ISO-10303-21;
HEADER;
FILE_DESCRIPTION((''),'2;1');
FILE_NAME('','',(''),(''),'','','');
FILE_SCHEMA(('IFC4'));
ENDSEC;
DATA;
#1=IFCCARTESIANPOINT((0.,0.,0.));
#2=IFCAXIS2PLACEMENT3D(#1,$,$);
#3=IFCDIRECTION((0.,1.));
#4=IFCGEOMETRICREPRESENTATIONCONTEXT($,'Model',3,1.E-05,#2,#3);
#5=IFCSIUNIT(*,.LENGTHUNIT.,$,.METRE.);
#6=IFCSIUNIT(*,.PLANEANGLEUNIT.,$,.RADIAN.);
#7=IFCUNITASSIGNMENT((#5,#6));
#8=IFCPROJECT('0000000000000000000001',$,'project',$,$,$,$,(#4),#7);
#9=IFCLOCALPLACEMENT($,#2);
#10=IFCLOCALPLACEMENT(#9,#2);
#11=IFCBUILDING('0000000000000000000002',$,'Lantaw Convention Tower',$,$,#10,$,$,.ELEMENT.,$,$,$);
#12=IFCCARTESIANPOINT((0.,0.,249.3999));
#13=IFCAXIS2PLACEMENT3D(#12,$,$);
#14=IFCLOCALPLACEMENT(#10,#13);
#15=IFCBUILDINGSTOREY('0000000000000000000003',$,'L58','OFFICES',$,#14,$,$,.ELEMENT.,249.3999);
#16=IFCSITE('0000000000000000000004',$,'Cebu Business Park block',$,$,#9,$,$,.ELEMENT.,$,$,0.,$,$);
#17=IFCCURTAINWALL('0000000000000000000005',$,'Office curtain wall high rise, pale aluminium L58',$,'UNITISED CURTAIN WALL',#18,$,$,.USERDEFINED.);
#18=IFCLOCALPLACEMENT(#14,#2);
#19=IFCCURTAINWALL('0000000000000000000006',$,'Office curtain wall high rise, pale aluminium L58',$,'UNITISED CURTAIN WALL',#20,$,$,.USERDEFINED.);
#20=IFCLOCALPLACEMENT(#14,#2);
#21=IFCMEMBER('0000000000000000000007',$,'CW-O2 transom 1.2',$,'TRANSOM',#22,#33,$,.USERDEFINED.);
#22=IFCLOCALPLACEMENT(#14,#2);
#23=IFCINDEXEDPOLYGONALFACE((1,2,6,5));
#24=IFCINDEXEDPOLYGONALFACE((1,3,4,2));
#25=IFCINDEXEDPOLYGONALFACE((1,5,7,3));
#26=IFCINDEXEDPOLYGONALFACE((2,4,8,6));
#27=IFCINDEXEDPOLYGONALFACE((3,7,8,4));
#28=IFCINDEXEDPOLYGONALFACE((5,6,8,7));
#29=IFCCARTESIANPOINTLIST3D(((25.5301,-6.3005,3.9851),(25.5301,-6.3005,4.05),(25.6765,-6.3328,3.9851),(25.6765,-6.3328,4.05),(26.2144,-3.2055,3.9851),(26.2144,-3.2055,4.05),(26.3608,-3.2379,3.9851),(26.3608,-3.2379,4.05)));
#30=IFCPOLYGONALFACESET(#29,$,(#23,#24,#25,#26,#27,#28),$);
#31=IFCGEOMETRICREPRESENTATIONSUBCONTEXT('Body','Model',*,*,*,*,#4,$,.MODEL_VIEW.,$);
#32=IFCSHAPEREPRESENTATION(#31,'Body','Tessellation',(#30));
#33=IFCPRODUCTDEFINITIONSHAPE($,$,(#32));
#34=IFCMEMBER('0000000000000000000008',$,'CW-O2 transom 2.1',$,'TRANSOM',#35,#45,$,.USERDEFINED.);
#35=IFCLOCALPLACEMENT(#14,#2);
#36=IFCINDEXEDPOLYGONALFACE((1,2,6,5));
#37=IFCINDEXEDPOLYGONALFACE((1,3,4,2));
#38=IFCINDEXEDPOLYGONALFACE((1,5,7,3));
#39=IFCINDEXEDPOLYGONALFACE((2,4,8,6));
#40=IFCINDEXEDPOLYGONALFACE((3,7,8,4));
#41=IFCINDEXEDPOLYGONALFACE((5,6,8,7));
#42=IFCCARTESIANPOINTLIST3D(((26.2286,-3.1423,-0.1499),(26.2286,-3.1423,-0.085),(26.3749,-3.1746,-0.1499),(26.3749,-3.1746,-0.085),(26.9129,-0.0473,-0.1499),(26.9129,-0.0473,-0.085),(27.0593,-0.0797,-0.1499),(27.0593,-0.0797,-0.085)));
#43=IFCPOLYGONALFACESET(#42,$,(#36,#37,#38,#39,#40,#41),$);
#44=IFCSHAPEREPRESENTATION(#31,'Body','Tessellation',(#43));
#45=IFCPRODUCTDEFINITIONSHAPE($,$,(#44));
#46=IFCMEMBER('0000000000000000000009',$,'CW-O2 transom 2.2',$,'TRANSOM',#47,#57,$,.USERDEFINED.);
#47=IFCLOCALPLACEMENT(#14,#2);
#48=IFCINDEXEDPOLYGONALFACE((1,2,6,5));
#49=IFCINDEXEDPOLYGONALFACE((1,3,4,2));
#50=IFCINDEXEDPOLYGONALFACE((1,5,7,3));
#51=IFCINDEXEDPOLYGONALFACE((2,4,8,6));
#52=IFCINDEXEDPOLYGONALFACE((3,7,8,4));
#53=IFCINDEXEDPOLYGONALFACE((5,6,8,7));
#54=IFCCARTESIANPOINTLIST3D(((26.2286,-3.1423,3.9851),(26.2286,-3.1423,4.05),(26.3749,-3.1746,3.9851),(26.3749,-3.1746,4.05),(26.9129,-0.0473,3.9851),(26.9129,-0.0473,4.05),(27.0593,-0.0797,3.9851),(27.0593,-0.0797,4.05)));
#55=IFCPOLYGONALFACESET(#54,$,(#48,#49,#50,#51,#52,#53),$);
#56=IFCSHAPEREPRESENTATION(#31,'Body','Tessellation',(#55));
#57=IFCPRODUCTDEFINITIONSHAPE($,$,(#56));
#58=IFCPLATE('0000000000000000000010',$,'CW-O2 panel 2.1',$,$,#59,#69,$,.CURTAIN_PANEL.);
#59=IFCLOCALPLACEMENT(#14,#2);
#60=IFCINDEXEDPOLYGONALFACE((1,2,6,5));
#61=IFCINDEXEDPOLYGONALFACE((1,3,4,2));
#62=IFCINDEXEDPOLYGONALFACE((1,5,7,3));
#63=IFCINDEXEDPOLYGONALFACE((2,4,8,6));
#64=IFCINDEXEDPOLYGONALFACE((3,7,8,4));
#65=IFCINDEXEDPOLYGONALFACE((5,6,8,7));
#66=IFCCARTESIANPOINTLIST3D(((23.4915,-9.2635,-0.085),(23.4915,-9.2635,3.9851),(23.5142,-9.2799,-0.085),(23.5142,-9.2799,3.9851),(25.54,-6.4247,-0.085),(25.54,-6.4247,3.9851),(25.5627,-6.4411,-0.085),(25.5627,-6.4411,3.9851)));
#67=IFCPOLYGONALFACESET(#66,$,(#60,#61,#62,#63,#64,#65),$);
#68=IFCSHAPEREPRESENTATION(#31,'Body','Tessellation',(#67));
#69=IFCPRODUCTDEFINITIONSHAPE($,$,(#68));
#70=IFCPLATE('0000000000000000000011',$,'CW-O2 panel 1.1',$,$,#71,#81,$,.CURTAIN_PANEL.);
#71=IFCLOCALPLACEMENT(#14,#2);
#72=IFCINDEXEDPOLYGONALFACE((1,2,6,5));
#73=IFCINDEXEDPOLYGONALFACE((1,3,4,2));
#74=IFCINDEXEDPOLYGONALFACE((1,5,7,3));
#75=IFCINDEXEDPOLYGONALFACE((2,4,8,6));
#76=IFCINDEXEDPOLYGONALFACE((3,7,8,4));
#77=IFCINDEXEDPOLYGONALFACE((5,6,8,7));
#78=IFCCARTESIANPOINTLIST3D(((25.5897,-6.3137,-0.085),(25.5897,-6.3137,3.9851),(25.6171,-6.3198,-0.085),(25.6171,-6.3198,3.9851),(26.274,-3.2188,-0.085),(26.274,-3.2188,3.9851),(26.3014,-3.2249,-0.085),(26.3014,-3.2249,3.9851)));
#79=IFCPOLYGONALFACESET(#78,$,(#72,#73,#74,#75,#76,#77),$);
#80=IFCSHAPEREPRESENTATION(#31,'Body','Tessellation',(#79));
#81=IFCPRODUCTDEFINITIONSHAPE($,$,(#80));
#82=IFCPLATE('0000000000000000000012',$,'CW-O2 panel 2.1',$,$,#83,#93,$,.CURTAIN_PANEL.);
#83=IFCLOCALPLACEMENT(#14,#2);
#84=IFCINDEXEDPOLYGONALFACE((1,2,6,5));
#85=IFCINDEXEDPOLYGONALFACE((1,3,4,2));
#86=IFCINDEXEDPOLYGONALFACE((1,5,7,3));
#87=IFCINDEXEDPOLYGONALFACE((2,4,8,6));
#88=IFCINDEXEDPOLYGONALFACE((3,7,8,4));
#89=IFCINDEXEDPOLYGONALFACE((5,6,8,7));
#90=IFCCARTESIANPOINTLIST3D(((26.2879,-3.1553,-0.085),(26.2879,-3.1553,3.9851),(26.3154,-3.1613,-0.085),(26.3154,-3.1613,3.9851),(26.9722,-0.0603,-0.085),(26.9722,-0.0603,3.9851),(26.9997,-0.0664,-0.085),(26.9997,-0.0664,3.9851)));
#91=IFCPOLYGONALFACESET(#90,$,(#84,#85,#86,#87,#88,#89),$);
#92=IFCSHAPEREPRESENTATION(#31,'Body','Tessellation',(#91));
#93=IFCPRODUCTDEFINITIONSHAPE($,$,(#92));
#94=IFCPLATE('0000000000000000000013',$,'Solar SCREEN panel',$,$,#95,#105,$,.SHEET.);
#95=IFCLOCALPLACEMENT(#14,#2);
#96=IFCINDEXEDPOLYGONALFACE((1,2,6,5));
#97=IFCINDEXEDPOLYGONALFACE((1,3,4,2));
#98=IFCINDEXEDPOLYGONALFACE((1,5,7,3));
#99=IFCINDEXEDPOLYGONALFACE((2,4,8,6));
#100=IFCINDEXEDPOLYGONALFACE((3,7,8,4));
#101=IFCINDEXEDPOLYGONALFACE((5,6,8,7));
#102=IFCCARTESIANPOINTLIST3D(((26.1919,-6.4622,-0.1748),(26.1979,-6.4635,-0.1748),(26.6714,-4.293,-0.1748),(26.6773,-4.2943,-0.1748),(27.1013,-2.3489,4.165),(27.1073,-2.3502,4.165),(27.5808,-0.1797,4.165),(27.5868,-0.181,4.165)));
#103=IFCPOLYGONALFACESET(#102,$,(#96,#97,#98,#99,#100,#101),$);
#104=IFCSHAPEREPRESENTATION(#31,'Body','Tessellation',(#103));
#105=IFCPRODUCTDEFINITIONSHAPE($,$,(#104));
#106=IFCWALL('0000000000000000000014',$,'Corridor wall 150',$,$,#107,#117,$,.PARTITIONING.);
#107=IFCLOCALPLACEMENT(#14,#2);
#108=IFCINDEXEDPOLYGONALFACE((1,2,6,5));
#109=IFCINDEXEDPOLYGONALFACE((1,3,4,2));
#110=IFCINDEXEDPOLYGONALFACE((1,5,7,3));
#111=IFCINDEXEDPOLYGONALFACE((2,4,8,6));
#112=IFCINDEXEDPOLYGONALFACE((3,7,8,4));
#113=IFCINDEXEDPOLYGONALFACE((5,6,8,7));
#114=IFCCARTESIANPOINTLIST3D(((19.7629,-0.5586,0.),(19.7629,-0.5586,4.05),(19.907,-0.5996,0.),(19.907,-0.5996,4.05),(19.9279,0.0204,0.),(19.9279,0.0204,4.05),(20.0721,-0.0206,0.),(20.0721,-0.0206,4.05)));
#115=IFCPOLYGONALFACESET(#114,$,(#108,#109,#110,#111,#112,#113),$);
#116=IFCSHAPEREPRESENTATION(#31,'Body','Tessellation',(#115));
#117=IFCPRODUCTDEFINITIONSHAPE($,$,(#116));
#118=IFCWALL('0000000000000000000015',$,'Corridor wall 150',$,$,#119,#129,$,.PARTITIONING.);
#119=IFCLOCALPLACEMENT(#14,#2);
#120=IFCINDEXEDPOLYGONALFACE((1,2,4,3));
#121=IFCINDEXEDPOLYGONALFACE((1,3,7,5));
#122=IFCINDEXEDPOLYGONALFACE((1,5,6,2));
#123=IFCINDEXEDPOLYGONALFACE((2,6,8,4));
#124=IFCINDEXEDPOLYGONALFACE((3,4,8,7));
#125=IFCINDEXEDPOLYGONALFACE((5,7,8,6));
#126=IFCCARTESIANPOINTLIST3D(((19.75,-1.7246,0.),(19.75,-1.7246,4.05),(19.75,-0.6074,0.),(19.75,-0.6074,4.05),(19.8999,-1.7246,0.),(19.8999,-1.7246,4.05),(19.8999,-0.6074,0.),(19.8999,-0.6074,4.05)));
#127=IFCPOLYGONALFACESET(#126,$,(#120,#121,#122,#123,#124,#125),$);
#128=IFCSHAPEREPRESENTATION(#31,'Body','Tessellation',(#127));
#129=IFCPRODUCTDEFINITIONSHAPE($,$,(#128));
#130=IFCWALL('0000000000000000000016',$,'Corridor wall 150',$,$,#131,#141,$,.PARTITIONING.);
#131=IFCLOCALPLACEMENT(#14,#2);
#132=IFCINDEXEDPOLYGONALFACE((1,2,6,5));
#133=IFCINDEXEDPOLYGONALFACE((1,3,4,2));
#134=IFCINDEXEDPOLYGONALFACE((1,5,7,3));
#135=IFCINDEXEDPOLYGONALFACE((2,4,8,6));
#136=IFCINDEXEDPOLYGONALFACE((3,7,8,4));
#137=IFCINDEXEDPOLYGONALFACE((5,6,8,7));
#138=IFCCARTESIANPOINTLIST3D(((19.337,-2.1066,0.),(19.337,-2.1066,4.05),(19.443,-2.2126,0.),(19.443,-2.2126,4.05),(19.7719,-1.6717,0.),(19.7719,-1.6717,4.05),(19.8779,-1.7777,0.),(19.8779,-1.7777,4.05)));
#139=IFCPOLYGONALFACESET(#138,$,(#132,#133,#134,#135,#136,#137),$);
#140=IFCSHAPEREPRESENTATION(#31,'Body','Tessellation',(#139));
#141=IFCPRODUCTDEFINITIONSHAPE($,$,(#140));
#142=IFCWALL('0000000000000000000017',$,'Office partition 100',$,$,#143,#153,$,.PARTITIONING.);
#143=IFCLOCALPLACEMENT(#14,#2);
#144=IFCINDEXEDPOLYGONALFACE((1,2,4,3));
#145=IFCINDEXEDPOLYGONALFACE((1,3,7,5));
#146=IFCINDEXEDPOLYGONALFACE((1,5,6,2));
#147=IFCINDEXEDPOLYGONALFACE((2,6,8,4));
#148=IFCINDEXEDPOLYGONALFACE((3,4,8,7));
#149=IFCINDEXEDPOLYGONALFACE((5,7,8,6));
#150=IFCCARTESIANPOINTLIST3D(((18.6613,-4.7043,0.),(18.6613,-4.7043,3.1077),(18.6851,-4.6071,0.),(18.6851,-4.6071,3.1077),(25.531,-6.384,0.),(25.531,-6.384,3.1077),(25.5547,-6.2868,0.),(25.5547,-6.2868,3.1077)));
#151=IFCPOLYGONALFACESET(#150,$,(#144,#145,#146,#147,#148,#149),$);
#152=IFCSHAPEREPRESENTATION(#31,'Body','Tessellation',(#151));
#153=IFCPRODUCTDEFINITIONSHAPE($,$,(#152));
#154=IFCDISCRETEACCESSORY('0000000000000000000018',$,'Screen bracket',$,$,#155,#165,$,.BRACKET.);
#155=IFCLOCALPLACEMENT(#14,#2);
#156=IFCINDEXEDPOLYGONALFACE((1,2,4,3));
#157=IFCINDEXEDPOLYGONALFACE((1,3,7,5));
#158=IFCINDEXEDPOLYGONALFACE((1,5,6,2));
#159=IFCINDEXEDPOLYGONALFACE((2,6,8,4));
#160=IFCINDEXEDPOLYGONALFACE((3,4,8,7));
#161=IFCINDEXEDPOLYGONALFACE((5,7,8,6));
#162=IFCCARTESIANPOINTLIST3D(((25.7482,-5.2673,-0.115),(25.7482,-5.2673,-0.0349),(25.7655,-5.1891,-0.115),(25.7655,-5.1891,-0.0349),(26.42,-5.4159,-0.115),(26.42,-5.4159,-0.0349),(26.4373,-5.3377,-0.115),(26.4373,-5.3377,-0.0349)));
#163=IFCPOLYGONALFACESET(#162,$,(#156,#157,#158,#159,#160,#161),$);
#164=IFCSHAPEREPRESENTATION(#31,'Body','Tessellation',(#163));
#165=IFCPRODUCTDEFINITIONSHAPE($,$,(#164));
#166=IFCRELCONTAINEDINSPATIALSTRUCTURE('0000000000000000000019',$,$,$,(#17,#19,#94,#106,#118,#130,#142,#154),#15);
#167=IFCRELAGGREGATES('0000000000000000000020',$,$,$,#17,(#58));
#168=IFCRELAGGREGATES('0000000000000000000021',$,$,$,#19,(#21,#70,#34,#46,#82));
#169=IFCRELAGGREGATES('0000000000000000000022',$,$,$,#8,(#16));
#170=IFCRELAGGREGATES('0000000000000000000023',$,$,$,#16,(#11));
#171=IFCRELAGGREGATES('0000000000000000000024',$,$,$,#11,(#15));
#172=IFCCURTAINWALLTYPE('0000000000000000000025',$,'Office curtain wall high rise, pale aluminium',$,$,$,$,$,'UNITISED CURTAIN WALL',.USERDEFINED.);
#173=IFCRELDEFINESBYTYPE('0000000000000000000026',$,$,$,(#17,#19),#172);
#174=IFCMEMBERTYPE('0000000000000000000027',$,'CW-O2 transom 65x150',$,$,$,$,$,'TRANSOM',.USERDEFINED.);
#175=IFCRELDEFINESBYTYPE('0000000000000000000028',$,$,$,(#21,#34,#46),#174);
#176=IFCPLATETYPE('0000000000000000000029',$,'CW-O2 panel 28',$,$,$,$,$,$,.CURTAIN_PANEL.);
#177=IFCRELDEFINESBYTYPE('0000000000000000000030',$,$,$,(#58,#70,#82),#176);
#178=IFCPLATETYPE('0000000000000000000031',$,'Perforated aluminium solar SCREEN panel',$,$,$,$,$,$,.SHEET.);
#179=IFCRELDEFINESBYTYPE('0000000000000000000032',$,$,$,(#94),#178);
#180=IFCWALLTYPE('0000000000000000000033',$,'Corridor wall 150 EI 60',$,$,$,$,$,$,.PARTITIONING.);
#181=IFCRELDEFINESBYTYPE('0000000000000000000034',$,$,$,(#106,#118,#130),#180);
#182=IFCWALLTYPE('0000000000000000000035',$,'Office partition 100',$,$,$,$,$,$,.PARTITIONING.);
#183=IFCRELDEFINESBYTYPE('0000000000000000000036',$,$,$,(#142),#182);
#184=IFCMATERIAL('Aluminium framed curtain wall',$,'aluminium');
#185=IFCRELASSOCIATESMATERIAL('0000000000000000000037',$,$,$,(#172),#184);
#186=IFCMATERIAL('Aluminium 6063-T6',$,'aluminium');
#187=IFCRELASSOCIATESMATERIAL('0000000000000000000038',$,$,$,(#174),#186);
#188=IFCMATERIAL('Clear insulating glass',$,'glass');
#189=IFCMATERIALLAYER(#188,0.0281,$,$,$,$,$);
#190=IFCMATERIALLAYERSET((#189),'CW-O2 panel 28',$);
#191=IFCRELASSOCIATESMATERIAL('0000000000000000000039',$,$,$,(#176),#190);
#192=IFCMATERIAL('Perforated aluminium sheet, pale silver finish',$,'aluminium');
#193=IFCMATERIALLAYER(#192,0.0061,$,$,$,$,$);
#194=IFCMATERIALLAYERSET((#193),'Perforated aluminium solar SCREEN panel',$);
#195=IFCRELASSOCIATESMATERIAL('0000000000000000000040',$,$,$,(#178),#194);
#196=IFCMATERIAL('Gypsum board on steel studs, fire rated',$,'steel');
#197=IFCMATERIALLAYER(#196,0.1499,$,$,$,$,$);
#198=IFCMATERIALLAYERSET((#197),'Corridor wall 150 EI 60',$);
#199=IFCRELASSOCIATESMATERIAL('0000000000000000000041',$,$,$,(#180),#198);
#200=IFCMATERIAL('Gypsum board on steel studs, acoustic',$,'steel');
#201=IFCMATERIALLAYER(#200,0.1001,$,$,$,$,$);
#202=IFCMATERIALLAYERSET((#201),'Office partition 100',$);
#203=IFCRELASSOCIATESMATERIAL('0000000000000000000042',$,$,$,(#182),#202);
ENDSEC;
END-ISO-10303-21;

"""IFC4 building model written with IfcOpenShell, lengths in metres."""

from ifc_helpers import new_model, si_unit, direction, frame, frame_2d, origin, origin_2d, place, context, subcontext, project, spatial, polyline, rectangle, outline, extrude, material, layer, layer_set, material_profile, profile_set, type_object, element, aggregate, save


model = new_model("IFC4")

# Units and contexts
model_context = context("Model", 3, precision=1e-05, world=origin(), true_north=direction((0.0, 1.0)))
body_context = subcontext(model_context, "Body", "Model", "MODEL_VIEW")
ifc_project = project(units=[si_unit("LENGTHUNIT", "METRE"), si_unit("PLANEANGLEUNIT", "RADIAN")], contexts=[model_context])

# Site, building, storey
site_placement = place(None, origin())
site = spatial("IfcSite", under=ifc_project, at=site_placement, Name="Cebu Business Park block", CompositionType="ELEMENT", RefElevation=0.0)
building_placement = place(site_placement, origin())
building = spatial("IfcBuilding", under=site, at=building_placement, Name="Lantaw Convention Tower", CompositionType="ELEMENT")
storey_placement = place(building_placement, frame((0.0, 0.0, 249.3999)))
storey = spatial("IfcBuildingStorey", under=building, at=storey_placement, Name="L58", Description="OFFICES", CompositionType="ELEMENT", Elevation=249.3999)

# Curtain wall
ifc_material_1 = material(Name="Aluminium framed curtain wall", Category="aluminium")
curtain_wall_type = type_object("IfcCurtainWallType", Name="Office curtain wall high rise, pale aluminium", ElementType="UNITISED CURTAIN WALL", PredefinedType="USERDEFINED", material=ifc_material_1)
curtain_wall_1_placement = place(storey_placement, origin())
curtain_wall_1 = element("IfcCurtainWall", 1, at=curtain_wall_1_placement, inside=storey, type_object=curtain_wall_type, Name="Office curtain wall high rise, pale aluminium L58", ObjectType="UNITISED CURTAIN WALL", PredefinedType="USERDEFINED")
ifc_material_2 = material(Name="Aluminium 6063-T6", Category="aluminium")

# Curtain wall, members
curtain_wall_2_placement = place(storey_placement, origin())
curtain_wall_2 = element("IfcCurtainWall", 2, at=curtain_wall_2_placement, inside=storey, type_object=curtain_wall_type, Name="Office curtain wall high rise, pale aluminium L58", ObjectType="UNITISED CURTAIN WALL", PredefinedType="USERDEFINED")
ifc_material_profile_1 = material_profile(ifc_material_2, rectangle(XDim=0.1499, YDim=0.0649, at=origin_2d()), Name="CW-O2 transom 65x150")
ifc_profile_set_1 = profile_set([ifc_material_profile_1], Name="Aluminium 6063-T6")
member_type_1 = type_object("IfcMemberType", Name="CW-O2 transom 65x150", ElementType="TRANSOM", PredefinedType="USERDEFINED", material=ifc_profile_set_1)
member_1_placement = place(storey_placement, frame((25.6033, -6.3167, 4.0176), z_axis=(0.215895, 0.976417, 0.0), x_axis=(-0.976417, 0.215895, 0.0)))
member_1 = element("IfcMember", 3, at=member_1_placement, type_object=member_type_1, Name="CW-O2 transom 1.2", ObjectType="TRANSOM", PredefinedType="USERDEFINED", context=body_context, shape_type="SweptSolid", body=[
    extrude(rectangle(XDim=0.1499, YDim=0.0649, at=origin_2d()), origin(), (0.0, 0.0, 1.0), 3.1697),
])
member_2_placement = place(storey_placement, frame((26.3018, -3.1584, -0.1174), z_axis=(0.215895, 0.976417, 0.0), x_axis=(-0.976417, 0.215895, 0.0)))
member_2 = element("IfcMember", 4, at=member_2_placement, type_object=member_type_1, Name="CW-O2 transom 2.1", ObjectType="TRANSOM", PredefinedType="USERDEFINED", context=body_context, shape_type="SweptSolid", body=[
    extrude(rectangle(XDim=0.1499, YDim=0.0649, at=origin_2d()), origin(), (0.0, 0.0, 1.0), 3.1697),
])
member_3_placement = place(storey_placement, frame((26.3018, -3.1584, 4.0176), z_axis=(0.215895, 0.976417, 0.0), x_axis=(-0.976417, 0.215895, 0.0)))
member_3 = element("IfcMember", 5, at=member_3_placement, type_object=member_type_1, Name="CW-O2 transom 2.2", ObjectType="TRANSOM", PredefinedType="USERDEFINED", context=body_context, shape_type="SweptSolid", body=[
    extrude(rectangle(XDim=0.1499, YDim=0.0649, at=origin_2d()), origin(), (0.0, 0.0, 1.0), 3.1697),
])

# Plates
ifc_material_3 = material(Name="Clear insulating glass", Category="glass")
ifc_layer_1 = layer(ifc_material_3, 0.0281)
ifc_layer_set_1 = layer_set([ifc_layer_1], Name="CW-O2 panel 28")
plate_type_1 = type_object("IfcPlateType", Name="CW-O2 panel 28", PredefinedType="CURTAIN_PANEL", material=ifc_layer_set_1)
plate_1_placement = place(storey_placement, frame((24.5271, -7.8523, -0.085), z_axis=(0.0, 0.0, 1.0), x_axis=(0.585158, 0.81092, 0.0)))
plate_1 = element("IfcPlate", 6, at=plate_1_placement, type_object=plate_type_1, Name="CW-O2 panel 2.1", PredefinedType="CURTAIN_PANEL", context=body_context, shape_type="SweptSolid", body=[
    extrude(rectangle(XDim=3.5007, YDim=0.0281, at=origin_2d()), origin(), (0.0, 0.0, 1.0), 4.0701),
])
aggregate(curtain_wall_1, [plate_1])
plate_2_placement = place(storey_placement, frame((25.9456, -4.7693, -0.085), z_axis=(0.0, 0.0, 1.0), x_axis=(0.215891, 0.976417, 0.0)))
plate_2 = element("IfcPlate", 7, at=plate_2_placement, type_object=plate_type_1, Name="CW-O2 panel 1.1", PredefinedType="CURTAIN_PANEL", context=body_context, shape_type="SweptSolid", body=[
    extrude(rectangle(XDim=3.1697, YDim=0.0281, at=origin_2d()), origin(), (0.0, 0.0, 1.0), 4.0701),
])
plate_3_placement = place(storey_placement, frame((26.6438, -1.6108, -0.085), z_axis=(0.0, 0.0, 1.0), x_axis=(0.215891, 0.976417, 0.0)))
plate_3 = element("IfcPlate", 8, at=plate_3_placement, type_object=plate_type_1, Name="CW-O2 panel 2.1", PredefinedType="CURTAIN_PANEL", context=body_context, shape_type="SweptSolid", body=[
    extrude(rectangle(XDim=3.1697, YDim=0.0281, at=origin_2d()), origin(), (0.0, 0.0, 1.0), 4.0701),
])
aggregate(curtain_wall_2, [member_1, plate_2, member_2, member_3, plate_3])
ifc_material_4 = material(Name="Perforated aluminium sheet, pale silver finish", Category="aluminium")
ifc_layer_2 = layer(ifc_material_4, 0.0061)
ifc_layer_set_2 = layer_set([ifc_layer_2], Name="Perforated aluminium solar SCREEN panel")
plate_type_2 = type_object("IfcPlateType", Name="Perforated aluminium solar SCREEN panel", PredefinedType="SHEET", material=ifc_layer_set_2)
plate_4_placement = place(storey_placement, frame((26.1919, -6.4622, -0.1748), z_axis=(-0.97643, 0.215837, 0.000044), x_axis=(0.215837, 0.97643, 0.0)))
element("IfcPlate", 9, at=plate_4_placement, inside=storey, type_object=plate_type_2, Name="Solar SCREEN panel", PredefinedType="SHEET", context=body_context, shape_type="SweptSolid", body=[
    extrude(outline(polyline([(0.0, 0.0), (2.2216, 0.0), (6.4342, -4.3398), (4.2126, -4.3398), (0.0, 0.0)])), origin(), (0.0, 0.0, -1.0), 0.0061),
])

# Walls
ifc_material_5 = material(Name="Gypsum board on steel studs, fire rated", Category="steel")
ifc_layer_3 = layer(ifc_material_5, 0.1499)
ifc_layer_set_3 = layer_set([ifc_layer_3], Name="Corridor wall 150 EI 60")
wall_type_1 = type_object("IfcWallType", Name="Corridor wall 150 EI 60", PredefinedType="PARTITIONING", material=ifc_layer_set_3)
wall_1_placement = place(storey_placement, frame((19.835, -0.5791, 0.0), z_axis=(0.0, 0.0, 1.0), x_axis=(0.274078, 0.961707, 0.0)))
element("IfcWall", 10, at=wall_1_placement, inside=storey, type_object=wall_type_1, Name="Corridor wall 150", PredefinedType="PARTITIONING", context=body_context, shape_type="SweptSolid", body=[
    extrude(rectangle(XDim=0.6021, YDim=0.1499, at=frame_2d((0.301, 0.0))), origin(), (0.0, 0.0, 1.0), 4.05),
])
wall_2_placement = place(storey_placement, frame((19.825, -0.6074, 0.0), z_axis=(0.0, 0.0, 1.0), x_axis=(0.0, -1.0, 0.0)))
element("IfcWall", 11, at=wall_2_placement, inside=storey, type_object=wall_type_1, Name="Corridor wall 150", PredefinedType="PARTITIONING", context=body_context, shape_type="SweptSolid", body=[
    extrude(rectangle(XDim=1.1172, YDim=0.1499, at=frame_2d((0.5586, 0.0))), origin(), (0.0, 0.0, 1.0), 4.05),
])
wall_3_placement = place(storey_placement, frame((19.825, -1.7246, 0.0), z_axis=(0.0, 0.0, 1.0), x_axis=(-0.707107, -0.707107, 0.0)))
element("IfcWall", 12, at=wall_3_placement, inside=storey, type_object=wall_type_1, Name="Corridor wall 150", PredefinedType="PARTITIONING", context=body_context, shape_type="SweptSolid", body=[
    extrude(rectangle(XDim=0.615, YDim=0.1499, at=frame_2d((0.3076, 0.0))), origin(), (0.0, 0.0, 1.0), 4.05),
])
ifc_material_6 = material(Name="Gypsum board on steel studs, acoustic", Category="steel")
ifc_layer_4 = layer(ifc_material_6, 0.1001)
ifc_layer_set_4 = layer_set([ifc_layer_4], Name="Office partition 100")
wall_type_2 = type_object("IfcWallType", Name="Office partition 100", PredefinedType="PARTITIONING", material=ifc_layer_set_4)
wall_4_placement = place(storey_placement, frame((25.543, -6.3354, 0.0), z_axis=(0.0, 0.0, 1.0), x_axis=(-0.971384, 0.237512, 0.0)))
element("IfcWall", 13, at=wall_4_placement, inside=storey, type_object=wall_type_2, Name="Office partition 100", PredefinedType="PARTITIONING", context=body_context, shape_type="SweptSolid", body=[
    extrude(rectangle(XDim=7.072, YDim=0.1001, at=frame_2d((3.5361, 0.0))), origin(), (0.0, 0.0, 1.0), 3.1077),
])

# Discrete accessory
discrete_accessory_placement = place(storey_placement, frame((26.0928, -5.3025, -0.115), z_axis=(0.0, 0.0, 1.0), x_axis=(0.215891, 0.976417, 0.0)))
element("IfcDiscreteAccessory", 14, at=discrete_accessory_placement, inside=storey, Name="Screen bracket", PredefinedType="BRACKET", context=body_context, shape_type="SweptSolid", body=[
    extrude(rectangle(XDim=0.0801, YDim=0.688, at=origin_2d()), origin(), (0.0, 0.0, 1.0), 0.0801),
])

save(model, "model.ifc")
